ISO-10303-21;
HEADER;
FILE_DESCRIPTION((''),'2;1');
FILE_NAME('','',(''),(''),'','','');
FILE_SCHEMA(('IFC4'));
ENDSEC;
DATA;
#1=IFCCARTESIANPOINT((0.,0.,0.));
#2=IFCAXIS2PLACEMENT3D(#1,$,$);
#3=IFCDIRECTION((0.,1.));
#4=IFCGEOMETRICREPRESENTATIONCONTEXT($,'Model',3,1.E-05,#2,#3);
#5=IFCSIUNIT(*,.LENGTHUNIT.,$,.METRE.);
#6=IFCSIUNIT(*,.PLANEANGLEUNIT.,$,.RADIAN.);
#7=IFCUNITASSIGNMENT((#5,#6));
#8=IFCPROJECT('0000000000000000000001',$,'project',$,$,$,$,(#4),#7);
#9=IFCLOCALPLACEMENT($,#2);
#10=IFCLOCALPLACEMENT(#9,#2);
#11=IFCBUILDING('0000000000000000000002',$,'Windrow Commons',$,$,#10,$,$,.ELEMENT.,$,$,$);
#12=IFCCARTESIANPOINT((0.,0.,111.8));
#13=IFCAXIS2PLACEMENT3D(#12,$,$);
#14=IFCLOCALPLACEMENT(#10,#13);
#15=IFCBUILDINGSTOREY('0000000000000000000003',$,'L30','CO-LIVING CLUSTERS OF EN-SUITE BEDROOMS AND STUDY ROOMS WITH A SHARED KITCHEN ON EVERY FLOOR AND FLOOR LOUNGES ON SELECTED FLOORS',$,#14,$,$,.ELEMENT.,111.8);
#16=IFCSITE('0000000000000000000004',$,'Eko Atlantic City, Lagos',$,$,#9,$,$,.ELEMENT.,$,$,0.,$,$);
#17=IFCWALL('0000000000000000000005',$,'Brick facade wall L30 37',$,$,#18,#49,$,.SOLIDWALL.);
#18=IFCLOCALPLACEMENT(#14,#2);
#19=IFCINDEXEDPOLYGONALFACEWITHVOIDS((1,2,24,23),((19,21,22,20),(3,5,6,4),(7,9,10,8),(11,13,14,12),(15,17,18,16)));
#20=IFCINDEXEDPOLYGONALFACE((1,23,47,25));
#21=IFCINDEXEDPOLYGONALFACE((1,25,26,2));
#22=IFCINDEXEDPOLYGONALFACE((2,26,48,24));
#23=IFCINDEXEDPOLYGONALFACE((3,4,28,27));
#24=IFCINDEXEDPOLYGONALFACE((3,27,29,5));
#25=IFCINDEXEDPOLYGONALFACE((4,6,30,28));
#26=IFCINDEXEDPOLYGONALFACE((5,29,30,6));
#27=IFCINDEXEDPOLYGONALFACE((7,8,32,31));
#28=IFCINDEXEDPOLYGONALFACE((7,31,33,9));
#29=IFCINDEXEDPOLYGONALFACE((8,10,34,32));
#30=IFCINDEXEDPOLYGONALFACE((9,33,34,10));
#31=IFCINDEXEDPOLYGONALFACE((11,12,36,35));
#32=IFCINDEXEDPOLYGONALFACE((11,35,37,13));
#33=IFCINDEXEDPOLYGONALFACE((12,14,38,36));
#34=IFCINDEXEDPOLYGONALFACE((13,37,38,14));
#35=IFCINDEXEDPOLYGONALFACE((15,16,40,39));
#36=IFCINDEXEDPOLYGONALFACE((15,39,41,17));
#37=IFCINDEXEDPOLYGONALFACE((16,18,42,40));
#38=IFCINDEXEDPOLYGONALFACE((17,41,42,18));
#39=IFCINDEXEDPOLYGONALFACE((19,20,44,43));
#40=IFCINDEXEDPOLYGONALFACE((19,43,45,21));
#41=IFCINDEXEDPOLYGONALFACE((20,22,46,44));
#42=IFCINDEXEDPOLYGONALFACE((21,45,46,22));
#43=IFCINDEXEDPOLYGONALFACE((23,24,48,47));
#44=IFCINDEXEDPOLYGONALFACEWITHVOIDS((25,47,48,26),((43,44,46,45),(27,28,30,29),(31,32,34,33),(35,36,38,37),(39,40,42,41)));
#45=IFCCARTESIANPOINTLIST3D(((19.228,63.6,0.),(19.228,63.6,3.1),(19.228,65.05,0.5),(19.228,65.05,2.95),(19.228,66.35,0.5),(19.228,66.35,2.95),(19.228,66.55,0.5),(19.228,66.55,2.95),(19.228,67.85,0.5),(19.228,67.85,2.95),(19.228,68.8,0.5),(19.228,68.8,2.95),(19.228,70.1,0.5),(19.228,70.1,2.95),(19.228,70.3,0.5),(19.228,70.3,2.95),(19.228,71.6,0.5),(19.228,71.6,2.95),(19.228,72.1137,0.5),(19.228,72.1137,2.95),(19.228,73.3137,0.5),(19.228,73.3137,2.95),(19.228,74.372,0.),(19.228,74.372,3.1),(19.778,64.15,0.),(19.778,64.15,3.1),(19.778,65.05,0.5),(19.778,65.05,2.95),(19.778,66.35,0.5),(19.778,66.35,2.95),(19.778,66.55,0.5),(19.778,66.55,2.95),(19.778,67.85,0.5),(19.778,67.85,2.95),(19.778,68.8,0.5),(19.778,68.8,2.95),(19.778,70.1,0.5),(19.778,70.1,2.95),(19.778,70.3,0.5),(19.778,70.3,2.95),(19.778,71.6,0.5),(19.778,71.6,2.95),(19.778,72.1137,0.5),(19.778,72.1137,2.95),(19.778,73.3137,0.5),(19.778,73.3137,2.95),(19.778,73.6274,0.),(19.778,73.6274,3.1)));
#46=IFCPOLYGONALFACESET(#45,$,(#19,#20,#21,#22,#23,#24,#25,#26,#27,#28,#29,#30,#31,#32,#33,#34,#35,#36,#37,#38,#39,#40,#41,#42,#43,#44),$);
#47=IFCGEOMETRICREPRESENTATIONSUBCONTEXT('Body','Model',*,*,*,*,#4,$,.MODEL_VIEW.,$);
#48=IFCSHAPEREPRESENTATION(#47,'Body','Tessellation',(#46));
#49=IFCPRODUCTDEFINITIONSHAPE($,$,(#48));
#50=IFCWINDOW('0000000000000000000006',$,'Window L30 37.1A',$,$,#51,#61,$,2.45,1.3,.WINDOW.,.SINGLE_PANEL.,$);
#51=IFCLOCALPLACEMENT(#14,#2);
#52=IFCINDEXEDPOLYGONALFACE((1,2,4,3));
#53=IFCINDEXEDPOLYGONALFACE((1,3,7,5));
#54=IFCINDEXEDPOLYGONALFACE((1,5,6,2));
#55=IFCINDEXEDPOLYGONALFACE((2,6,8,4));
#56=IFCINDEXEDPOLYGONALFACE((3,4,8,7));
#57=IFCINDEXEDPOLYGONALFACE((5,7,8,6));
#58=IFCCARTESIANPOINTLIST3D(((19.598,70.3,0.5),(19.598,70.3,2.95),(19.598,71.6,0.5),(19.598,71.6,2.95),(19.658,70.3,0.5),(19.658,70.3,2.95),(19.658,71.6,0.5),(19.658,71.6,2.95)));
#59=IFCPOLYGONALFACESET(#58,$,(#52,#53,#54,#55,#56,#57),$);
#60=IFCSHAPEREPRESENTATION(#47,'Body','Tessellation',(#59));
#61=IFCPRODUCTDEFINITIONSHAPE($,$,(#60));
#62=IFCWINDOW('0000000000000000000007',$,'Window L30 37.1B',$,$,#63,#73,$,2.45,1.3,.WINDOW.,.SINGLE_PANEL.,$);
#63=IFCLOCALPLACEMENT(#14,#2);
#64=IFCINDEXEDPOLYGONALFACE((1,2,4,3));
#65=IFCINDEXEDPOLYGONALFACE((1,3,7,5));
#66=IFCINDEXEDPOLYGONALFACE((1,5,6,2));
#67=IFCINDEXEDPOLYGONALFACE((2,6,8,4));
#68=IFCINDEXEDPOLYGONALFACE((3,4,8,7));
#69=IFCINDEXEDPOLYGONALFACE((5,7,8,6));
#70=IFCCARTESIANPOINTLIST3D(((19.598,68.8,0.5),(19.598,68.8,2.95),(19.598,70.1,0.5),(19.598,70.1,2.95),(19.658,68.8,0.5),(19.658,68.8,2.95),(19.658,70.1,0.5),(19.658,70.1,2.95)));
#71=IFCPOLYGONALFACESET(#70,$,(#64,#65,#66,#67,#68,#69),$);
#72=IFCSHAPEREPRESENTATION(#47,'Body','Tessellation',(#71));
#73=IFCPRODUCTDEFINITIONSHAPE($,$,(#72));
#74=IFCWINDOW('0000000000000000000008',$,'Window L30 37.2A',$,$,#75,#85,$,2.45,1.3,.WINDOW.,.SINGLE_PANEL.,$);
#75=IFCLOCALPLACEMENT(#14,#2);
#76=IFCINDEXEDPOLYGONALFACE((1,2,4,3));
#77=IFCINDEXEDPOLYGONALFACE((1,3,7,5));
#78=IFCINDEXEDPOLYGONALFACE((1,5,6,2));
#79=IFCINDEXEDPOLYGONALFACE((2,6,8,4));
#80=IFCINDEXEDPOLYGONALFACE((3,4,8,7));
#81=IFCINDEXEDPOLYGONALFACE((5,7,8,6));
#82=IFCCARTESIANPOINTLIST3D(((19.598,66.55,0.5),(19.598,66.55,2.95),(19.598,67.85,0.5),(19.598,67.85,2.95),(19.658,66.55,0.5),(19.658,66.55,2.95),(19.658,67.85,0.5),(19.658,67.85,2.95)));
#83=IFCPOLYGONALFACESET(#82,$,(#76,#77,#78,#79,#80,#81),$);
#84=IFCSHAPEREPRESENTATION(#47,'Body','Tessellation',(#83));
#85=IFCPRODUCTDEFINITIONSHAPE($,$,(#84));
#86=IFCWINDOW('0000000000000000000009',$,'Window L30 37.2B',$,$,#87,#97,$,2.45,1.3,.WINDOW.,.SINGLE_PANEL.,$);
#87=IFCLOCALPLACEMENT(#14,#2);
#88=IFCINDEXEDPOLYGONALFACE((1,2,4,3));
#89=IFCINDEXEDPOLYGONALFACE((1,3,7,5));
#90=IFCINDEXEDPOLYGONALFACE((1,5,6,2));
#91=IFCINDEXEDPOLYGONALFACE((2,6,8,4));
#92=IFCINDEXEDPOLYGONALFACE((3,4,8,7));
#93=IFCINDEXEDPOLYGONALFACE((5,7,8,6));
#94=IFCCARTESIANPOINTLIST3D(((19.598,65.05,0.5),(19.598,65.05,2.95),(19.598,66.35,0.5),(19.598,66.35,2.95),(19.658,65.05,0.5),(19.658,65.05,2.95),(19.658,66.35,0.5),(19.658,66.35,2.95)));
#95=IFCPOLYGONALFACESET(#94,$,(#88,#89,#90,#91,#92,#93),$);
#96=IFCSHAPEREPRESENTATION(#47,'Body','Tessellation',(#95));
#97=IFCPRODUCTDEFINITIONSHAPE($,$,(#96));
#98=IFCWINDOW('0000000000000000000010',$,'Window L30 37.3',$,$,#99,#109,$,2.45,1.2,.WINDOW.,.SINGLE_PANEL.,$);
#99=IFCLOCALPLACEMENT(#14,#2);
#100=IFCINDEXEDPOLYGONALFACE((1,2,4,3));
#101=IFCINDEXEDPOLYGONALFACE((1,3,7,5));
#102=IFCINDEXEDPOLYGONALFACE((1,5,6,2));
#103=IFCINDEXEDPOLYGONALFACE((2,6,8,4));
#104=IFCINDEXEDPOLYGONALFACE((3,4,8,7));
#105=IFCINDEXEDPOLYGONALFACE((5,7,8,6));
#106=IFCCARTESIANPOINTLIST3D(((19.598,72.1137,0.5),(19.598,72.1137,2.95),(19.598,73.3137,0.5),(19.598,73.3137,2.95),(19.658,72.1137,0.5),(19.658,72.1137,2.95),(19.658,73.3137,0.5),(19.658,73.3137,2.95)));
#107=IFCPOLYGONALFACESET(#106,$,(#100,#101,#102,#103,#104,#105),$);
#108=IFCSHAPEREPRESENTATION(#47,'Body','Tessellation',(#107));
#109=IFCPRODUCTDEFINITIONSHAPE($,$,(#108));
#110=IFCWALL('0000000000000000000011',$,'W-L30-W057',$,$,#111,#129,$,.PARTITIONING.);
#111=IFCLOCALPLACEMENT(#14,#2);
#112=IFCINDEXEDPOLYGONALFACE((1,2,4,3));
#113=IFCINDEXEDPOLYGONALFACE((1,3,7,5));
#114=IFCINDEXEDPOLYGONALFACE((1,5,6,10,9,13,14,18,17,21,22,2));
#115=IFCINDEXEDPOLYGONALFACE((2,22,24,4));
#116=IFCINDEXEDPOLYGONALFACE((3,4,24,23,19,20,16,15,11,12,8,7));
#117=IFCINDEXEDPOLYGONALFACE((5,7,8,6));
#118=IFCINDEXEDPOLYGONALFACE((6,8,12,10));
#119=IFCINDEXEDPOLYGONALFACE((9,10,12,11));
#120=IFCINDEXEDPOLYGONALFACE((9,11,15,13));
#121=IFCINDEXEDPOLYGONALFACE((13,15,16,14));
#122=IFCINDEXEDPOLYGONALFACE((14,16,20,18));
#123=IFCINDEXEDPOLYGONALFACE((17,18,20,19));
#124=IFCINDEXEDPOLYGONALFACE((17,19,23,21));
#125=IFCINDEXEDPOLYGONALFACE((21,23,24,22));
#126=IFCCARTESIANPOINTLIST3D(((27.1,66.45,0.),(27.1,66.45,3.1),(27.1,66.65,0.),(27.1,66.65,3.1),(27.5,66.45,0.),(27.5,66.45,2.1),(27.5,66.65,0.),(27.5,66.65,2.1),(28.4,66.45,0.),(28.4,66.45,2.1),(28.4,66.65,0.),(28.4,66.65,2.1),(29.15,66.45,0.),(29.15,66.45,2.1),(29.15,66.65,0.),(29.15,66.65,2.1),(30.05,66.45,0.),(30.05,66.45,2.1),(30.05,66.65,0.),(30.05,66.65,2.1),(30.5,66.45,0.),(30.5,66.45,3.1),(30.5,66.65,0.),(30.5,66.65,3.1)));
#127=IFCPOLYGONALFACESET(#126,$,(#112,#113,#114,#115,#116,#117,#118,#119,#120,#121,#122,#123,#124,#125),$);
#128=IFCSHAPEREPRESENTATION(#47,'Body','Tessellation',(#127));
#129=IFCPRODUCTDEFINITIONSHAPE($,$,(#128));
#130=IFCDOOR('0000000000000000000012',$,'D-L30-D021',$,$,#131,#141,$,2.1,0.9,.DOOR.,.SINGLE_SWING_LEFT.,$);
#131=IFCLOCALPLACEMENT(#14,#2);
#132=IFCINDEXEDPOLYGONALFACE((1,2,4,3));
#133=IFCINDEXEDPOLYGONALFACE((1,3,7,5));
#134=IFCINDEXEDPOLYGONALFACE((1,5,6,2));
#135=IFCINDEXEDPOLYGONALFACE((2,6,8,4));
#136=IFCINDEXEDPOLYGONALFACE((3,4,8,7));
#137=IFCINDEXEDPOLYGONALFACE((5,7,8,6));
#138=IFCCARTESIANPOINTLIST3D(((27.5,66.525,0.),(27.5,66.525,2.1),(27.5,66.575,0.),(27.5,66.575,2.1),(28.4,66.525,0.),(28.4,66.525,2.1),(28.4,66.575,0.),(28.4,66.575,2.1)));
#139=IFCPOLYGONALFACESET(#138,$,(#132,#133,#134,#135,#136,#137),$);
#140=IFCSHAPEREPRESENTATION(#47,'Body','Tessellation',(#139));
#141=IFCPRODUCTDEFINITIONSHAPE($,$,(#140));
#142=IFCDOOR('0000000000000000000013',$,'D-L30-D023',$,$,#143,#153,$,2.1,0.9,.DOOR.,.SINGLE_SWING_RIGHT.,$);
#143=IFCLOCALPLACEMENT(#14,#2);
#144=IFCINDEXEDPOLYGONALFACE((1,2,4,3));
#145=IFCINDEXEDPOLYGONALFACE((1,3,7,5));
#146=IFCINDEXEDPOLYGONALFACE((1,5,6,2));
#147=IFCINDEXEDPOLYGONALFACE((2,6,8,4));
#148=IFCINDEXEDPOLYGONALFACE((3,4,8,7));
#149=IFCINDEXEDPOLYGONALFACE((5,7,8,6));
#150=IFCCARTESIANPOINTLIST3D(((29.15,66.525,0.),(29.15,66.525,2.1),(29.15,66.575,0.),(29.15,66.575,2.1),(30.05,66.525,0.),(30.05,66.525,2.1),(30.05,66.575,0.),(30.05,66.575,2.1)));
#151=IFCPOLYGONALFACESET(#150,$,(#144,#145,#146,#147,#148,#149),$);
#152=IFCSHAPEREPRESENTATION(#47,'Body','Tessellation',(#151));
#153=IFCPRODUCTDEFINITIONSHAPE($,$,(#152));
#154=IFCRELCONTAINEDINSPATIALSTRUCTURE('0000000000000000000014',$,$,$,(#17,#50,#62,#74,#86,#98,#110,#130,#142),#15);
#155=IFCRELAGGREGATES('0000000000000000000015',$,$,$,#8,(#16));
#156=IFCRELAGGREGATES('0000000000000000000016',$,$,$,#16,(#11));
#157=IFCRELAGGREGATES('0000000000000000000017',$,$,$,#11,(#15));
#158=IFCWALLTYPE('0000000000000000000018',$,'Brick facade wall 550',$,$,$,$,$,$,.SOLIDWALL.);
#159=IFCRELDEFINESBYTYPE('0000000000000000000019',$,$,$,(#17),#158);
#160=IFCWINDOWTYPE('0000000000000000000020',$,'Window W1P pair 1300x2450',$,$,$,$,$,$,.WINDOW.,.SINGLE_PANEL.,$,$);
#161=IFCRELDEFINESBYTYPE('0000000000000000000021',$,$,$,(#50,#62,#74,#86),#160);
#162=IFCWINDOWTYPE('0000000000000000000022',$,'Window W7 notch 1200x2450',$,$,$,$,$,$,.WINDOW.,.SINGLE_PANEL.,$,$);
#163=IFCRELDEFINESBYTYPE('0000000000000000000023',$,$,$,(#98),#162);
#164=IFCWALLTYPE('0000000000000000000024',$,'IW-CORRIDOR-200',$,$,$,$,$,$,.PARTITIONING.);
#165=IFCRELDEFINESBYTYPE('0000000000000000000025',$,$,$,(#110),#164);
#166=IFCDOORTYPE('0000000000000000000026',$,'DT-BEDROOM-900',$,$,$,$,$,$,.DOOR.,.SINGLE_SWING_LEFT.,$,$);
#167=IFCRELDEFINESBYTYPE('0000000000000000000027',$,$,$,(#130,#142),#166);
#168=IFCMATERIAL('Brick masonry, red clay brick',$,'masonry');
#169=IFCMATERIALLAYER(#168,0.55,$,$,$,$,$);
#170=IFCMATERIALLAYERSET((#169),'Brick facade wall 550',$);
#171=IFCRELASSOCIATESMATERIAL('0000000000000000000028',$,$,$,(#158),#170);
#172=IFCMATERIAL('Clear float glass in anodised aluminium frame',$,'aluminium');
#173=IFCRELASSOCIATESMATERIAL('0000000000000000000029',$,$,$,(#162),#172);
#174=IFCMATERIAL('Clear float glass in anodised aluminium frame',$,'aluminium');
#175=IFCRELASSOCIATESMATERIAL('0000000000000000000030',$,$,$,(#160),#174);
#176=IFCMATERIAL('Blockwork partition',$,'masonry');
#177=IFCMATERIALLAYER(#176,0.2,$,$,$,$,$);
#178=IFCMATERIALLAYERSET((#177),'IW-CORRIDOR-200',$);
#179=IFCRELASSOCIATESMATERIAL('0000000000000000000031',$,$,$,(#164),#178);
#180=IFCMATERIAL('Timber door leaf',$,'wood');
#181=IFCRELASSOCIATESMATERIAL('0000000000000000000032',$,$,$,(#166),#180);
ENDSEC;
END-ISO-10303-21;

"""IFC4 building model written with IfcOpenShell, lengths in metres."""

from ifc_helpers import new_model, si_unit, direction, frame, frame_2d, origin, place, context, subcontext, project, spatial, polyline, rectangle, outline, extrude, material, layer, layer_set, type_object, element, fill, save


model = new_model("IFC4")

# Units and contexts
model_context = context("Model", 3, precision=1e-05, world=origin(), true_north=direction((0.0, 1.0)))
body_context = subcontext(model_context, "Body", "Model", "MODEL_VIEW")
ifc_project = project(units=[si_unit("LENGTHUNIT", "METRE"), si_unit("PLANEANGLEUNIT", "RADIAN")], contexts=[model_context])

# Site, building, storey
site_placement = place(None, origin())
site = spatial("IfcSite", under=ifc_project, at=site_placement, Name="Eko Atlantic City, Lagos", CompositionType="ELEMENT", RefElevation=0.0)
building_placement = place(site_placement, origin())
building = spatial("IfcBuilding", under=site, at=building_placement, Name="Windrow Commons", CompositionType="ELEMENT")
storey_placement = place(building_placement, frame((0.0, 0.0, 111.8)))
storey = spatial("IfcBuildingStorey", under=building, at=storey_placement, Name="L30", Description="CO-LIVING CLUSTERS OF EN-SUITE BEDROOMS AND STUDY ROOMS WITH A SHARED KITCHEN ON EVERY FLOOR AND FLOOR LOUNGES ON SELECTED FLOORS", CompositionType="ELEMENT", Elevation=111.8)

# Shared definitions
ifc_material_1 = material(Name="Brick masonry, red clay brick", Category="masonry")
ifc_layer_1 = layer(ifc_material_1, 0.55)
ifc_layer_set_1 = layer_set([ifc_layer_1], Name="Brick facade wall 550")
wall_type_1 = type_object("IfcWallType", Name="Brick facade wall 550", PredefinedType="SOLIDWALL", material=ifc_layer_set_1)
ifc_material_2 = material(Name="Clear float glass in anodised aluminium frame", Category="aluminium")
window_type_1 = type_object("IfcWindowType", Name="Window W7 notch 1200x2450", PartitioningType="SINGLE_PANEL", PredefinedType="WINDOW", material=ifc_material_2)

# Wall, openings, windows
wall_1_placement = place(storey_placement, frame((19.503, 73.9997, 0.0), z_axis=(0.0, 0.0, 1.0), x_axis=(0.0, -1.0, 0.0)))
wall_1 = element("IfcWall", 1, at=wall_1_placement, inside=storey, type_object=wall_type_1, Name="Brick facade wall L30 37", PredefinedType="SOLIDWALL", context=body_context, shape_type="SweptSolid", body=[
    extrude(outline(polyline([(-0.3723, -0.275), (10.3997, -0.275), (9.8497, 0.275), (0.3723, 0.275), (-0.3723, -0.275)])), origin(), (0.0, 0.0, 1.0), 3.1),
])
opening_1_placement = place(wall_1_placement, frame((2.3997, 0.0, 0.5)))
opening_1 = element("IfcOpeningElement", 2, at=opening_1_placement, cuts=wall_1, PredefinedType="OPENING", context=body_context, shape_type="SweptSolid", body=[
    extrude(rectangle(XDim=1.3, YDim=2.45, at=frame_2d((0.65, 1.225))), frame((0.0, 0.285, 0.0), z_axis=(0.0, -1.0, 0.0), x_axis=(1.0, 0.0, 0.0)), (0.0, 0.0, 1.0), 0.57),
])
opening_2_placement = place(wall_1_placement, frame((3.8997, 0.0, 0.5)))
opening_2 = element("IfcOpeningElement", 3, at=opening_2_placement, cuts=wall_1, PredefinedType="OPENING", context=body_context, shape_type="SweptSolid", body=[
    extrude(rectangle(XDim=1.3, YDim=2.45, at=frame_2d((0.65, 1.225))), frame((0.0, 0.285, 0.0), z_axis=(0.0, -1.0, 0.0), x_axis=(1.0, 0.0, 0.0)), (0.0, 0.0, 1.0), 0.57),
])
opening_3_placement = place(wall_1_placement, frame((6.1497, 0.0, 0.5)))
opening_3 = element("IfcOpeningElement", 4, at=opening_3_placement, cuts=wall_1, PredefinedType="OPENING", context=body_context, shape_type="SweptSolid", body=[
    extrude(rectangle(XDim=1.3, YDim=2.45, at=frame_2d((0.65, 1.225))), frame((0.0, 0.285, 0.0), z_axis=(0.0, -1.0, 0.0), x_axis=(1.0, 0.0, 0.0)), (0.0, 0.0, 1.0), 0.57),
])
opening_4_placement = place(wall_1_placement, frame((7.6497, 0.0, 0.5)))
opening_4 = element("IfcOpeningElement", 5, at=opening_4_placement, cuts=wall_1, PredefinedType="OPENING", context=body_context, shape_type="SweptSolid", body=[
    extrude(rectangle(XDim=1.3, YDim=2.45, at=frame_2d((0.65, 1.225))), frame((0.0, 0.285, 0.0), z_axis=(0.0, -1.0, 0.0), x_axis=(1.0, 0.0, 0.0)), (0.0, 0.0, 1.0), 0.57),
])
opening_5_placement = place(wall_1_placement, frame((0.686, 0.0, 0.5)))
opening_5 = element("IfcOpeningElement", 6, at=opening_5_placement, cuts=wall_1, PredefinedType="OPENING", context=body_context, shape_type="SweptSolid", body=[
    extrude(rectangle(XDim=1.2, YDim=2.45, at=frame_2d((0.6, 1.225))), frame((0.0, 0.285, 0.0), z_axis=(0.0, -1.0, 0.0), x_axis=(1.0, 0.0, 0.0)), (0.0, 0.0, 1.0), 0.57),
])
ifc_material_3 = material(Name="Clear float glass in anodised aluminium frame", Category="aluminium")
window_type_2 = type_object("IfcWindowType", Name="Window W1P pair 1300x2450", PartitioningType="SINGLE_PANEL", PredefinedType="WINDOW", material=ifc_material_3)
window_1_placement = place(opening_1_placement, origin())
window_1 = element("IfcWindow", 7, at=window_1_placement, inside=storey, type_object=window_type_2, Name="Window L30 37.1A", OverallHeight=2.45, OverallWidth=1.3, PartitioningType="SINGLE_PANEL", PredefinedType="WINDOW", context=body_context, shape_type="SweptSolid", body=[
    extrude(rectangle(XDim=1.3, YDim=2.45, at=frame_2d((0.65, 1.225))), frame((0.0, 0.155, 0.0), z_axis=(0.0, -1.0, 0.0), x_axis=(1.0, 0.0, 0.0)), (0.0, 0.0, 1.0), 0.06),
])
fill(opening_1, window_1)
window_2_placement = place(opening_2_placement, origin())
window_2 = element("IfcWindow", 8, at=window_2_placement, inside=storey, type_object=window_type_2, Name="Window L30 37.1B", OverallHeight=2.45, OverallWidth=1.3, PartitioningType="SINGLE_PANEL", PredefinedType="WINDOW", context=body_context, shape_type="SweptSolid", body=[
    extrude(rectangle(XDim=1.3, YDim=2.45, at=frame_2d((0.65, 1.225))), frame((0.0, 0.155, 0.0), z_axis=(0.0, -1.0, 0.0), x_axis=(1.0, 0.0, 0.0)), (0.0, 0.0, 1.0), 0.06),
])
fill(opening_2, window_2)
window_3_placement = place(opening_3_placement, origin())
window_3 = element("IfcWindow", 9, at=window_3_placement, inside=storey, type_object=window_type_2, Name="Window L30 37.2A", OverallHeight=2.45, OverallWidth=1.3, PartitioningType="SINGLE_PANEL", PredefinedType="WINDOW", context=body_context, shape_type="SweptSolid", body=[
    extrude(rectangle(XDim=1.3, YDim=2.45, at=frame_2d((0.65, 1.225))), frame((0.0, 0.155, 0.0), z_axis=(0.0, -1.0, 0.0), x_axis=(1.0, 0.0, 0.0)), (0.0, 0.0, 1.0), 0.06),
])
fill(opening_3, window_3)
window_4_placement = place(opening_4_placement, origin())
window_4 = element("IfcWindow", 10, at=window_4_placement, inside=storey, type_object=window_type_2, Name="Window L30 37.2B", OverallHeight=2.45, OverallWidth=1.3, PartitioningType="SINGLE_PANEL", PredefinedType="WINDOW", context=body_context, shape_type="SweptSolid", body=[
    extrude(rectangle(XDim=1.3, YDim=2.45, at=frame_2d((0.65, 1.225))), frame((0.0, 0.155, 0.0), z_axis=(0.0, -1.0, 0.0), x_axis=(1.0, 0.0, 0.0)), (0.0, 0.0, 1.0), 0.06),
])
fill(opening_4, window_4)
window_5_placement = place(opening_5_placement, origin())
window_5 = element("IfcWindow", 11, at=window_5_placement, inside=storey, type_object=window_type_1, Name="Window L30 37.3", OverallHeight=2.45, OverallWidth=1.2, PartitioningType="SINGLE_PANEL", PredefinedType="WINDOW", context=body_context, shape_type="SweptSolid", body=[
    extrude(rectangle(XDim=1.2, YDim=2.45, at=frame_2d((0.6, 1.225))), frame((0.0, 0.155, 0.0), z_axis=(0.0, -1.0, 0.0), x_axis=(1.0, 0.0, 0.0)), (0.0, 0.0, 1.0), 0.06),
])
fill(opening_5, window_5)

# Wall, openings, doors
ifc_material_4 = material(Name="Blockwork partition", Category="masonry")
ifc_layer_2 = layer(ifc_material_4, 0.2)
ifc_layer_set_2 = layer_set([ifc_layer_2], Name="IW-CORRIDOR-200")
wall_type_2 = type_object("IfcWallType", Name="IW-CORRIDOR-200", PredefinedType="PARTITIONING", material=ifc_layer_set_2)
wall_2_placement = place(storey_placement, frame((27.1, 66.55, 0.0), z_axis=(0.0, 0.0, 1.0), x_axis=(1.0, 0.0, 0.0)))
wall_2 = element("IfcWall", 12, at=wall_2_placement, inside=storey, type_object=wall_type_2, Name="W-L30-W057", PredefinedType="PARTITIONING", context=body_context, shape_type="SweptSolid", body=[
    extrude(rectangle(XDim=3.4, YDim=0.2, at=frame_2d((1.7, 0.0))), origin(), (0.0, 0.0, 1.0), 3.1),
])
opening_6_placement = place(wall_2_placement, frame((0.4, 0.0, 0.0)))
opening_6 = element("IfcOpeningElement", 13, at=opening_6_placement, cuts=wall_2, PredefinedType="OPENING", context=body_context, shape_type="SweptSolid", body=[
    extrude(rectangle(XDim=0.9, YDim=2.1, at=frame_2d((0.45, 1.05))), frame((0.0, 0.11, 0.0), z_axis=(0.0, -1.0, 0.0), x_axis=(1.0, 0.0, 0.0)), (0.0, 0.0, 1.0), 0.22),
])
opening_7_placement = place(wall_2_placement, frame((2.05, 0.0, 0.0)))
opening_7 = element("IfcOpeningElement", 14, at=opening_7_placement, cuts=wall_2, PredefinedType="OPENING", context=body_context, shape_type="SweptSolid", body=[
    extrude(rectangle(XDim=0.9, YDim=2.1, at=frame_2d((0.45, 1.05))), frame((0.0, 0.11, 0.0), z_axis=(0.0, -1.0, 0.0), x_axis=(1.0, 0.0, 0.0)), (0.0, 0.0, 1.0), 0.22),
])
ifc_material_5 = material(Name="Timber door leaf", Category="wood")
door_type_1 = type_object("IfcDoorType", Name="DT-BEDROOM-900", OperationType="SINGLE_SWING_LEFT", PredefinedType="DOOR", material=ifc_material_5)
door_1_placement = place(opening_6_placement, origin())
door_1 = element("IfcDoor", 15, at=door_1_placement, inside=storey, type_object=door_type_1, Name="D-L30-D021", OperationType="SINGLE_SWING_LEFT", OverallHeight=2.1, OverallWidth=0.9, PredefinedType="DOOR", context=body_context, shape_type="SweptSolid", body=[
    extrude(rectangle(XDim=0.9, YDim=2.1, at=frame_2d((0.45, 1.05))), frame((0.0, 0.025, 0.0), z_axis=(0.0, -1.0, 0.0), x_axis=(1.0, 0.0, 0.0)), (0.0, 0.0, 1.0), 0.05),
])
fill(opening_6, door_1)
door_2_placement = place(opening_7_placement, origin())
door_2 = element("IfcDoor", 16, at=door_2_placement, inside=storey, type_object=door_type_1, Name="D-L30-D023", OperationType="SINGLE_SWING_RIGHT", OverallHeight=2.1, OverallWidth=0.9, PredefinedType="DOOR", context=body_context, shape_type="SweptSolid", body=[
    extrude(rectangle(XDim=0.9, YDim=2.1, at=frame_2d((0.45, 1.05))), frame((0.0, 0.025, 0.0), z_axis=(0.0, -1.0, 0.0), x_axis=(1.0, 0.0, 0.0)), (0.0, 0.0, 1.0), 0.05),
])
fill(opening_7, door_2)

save(model, "model.ifc")
